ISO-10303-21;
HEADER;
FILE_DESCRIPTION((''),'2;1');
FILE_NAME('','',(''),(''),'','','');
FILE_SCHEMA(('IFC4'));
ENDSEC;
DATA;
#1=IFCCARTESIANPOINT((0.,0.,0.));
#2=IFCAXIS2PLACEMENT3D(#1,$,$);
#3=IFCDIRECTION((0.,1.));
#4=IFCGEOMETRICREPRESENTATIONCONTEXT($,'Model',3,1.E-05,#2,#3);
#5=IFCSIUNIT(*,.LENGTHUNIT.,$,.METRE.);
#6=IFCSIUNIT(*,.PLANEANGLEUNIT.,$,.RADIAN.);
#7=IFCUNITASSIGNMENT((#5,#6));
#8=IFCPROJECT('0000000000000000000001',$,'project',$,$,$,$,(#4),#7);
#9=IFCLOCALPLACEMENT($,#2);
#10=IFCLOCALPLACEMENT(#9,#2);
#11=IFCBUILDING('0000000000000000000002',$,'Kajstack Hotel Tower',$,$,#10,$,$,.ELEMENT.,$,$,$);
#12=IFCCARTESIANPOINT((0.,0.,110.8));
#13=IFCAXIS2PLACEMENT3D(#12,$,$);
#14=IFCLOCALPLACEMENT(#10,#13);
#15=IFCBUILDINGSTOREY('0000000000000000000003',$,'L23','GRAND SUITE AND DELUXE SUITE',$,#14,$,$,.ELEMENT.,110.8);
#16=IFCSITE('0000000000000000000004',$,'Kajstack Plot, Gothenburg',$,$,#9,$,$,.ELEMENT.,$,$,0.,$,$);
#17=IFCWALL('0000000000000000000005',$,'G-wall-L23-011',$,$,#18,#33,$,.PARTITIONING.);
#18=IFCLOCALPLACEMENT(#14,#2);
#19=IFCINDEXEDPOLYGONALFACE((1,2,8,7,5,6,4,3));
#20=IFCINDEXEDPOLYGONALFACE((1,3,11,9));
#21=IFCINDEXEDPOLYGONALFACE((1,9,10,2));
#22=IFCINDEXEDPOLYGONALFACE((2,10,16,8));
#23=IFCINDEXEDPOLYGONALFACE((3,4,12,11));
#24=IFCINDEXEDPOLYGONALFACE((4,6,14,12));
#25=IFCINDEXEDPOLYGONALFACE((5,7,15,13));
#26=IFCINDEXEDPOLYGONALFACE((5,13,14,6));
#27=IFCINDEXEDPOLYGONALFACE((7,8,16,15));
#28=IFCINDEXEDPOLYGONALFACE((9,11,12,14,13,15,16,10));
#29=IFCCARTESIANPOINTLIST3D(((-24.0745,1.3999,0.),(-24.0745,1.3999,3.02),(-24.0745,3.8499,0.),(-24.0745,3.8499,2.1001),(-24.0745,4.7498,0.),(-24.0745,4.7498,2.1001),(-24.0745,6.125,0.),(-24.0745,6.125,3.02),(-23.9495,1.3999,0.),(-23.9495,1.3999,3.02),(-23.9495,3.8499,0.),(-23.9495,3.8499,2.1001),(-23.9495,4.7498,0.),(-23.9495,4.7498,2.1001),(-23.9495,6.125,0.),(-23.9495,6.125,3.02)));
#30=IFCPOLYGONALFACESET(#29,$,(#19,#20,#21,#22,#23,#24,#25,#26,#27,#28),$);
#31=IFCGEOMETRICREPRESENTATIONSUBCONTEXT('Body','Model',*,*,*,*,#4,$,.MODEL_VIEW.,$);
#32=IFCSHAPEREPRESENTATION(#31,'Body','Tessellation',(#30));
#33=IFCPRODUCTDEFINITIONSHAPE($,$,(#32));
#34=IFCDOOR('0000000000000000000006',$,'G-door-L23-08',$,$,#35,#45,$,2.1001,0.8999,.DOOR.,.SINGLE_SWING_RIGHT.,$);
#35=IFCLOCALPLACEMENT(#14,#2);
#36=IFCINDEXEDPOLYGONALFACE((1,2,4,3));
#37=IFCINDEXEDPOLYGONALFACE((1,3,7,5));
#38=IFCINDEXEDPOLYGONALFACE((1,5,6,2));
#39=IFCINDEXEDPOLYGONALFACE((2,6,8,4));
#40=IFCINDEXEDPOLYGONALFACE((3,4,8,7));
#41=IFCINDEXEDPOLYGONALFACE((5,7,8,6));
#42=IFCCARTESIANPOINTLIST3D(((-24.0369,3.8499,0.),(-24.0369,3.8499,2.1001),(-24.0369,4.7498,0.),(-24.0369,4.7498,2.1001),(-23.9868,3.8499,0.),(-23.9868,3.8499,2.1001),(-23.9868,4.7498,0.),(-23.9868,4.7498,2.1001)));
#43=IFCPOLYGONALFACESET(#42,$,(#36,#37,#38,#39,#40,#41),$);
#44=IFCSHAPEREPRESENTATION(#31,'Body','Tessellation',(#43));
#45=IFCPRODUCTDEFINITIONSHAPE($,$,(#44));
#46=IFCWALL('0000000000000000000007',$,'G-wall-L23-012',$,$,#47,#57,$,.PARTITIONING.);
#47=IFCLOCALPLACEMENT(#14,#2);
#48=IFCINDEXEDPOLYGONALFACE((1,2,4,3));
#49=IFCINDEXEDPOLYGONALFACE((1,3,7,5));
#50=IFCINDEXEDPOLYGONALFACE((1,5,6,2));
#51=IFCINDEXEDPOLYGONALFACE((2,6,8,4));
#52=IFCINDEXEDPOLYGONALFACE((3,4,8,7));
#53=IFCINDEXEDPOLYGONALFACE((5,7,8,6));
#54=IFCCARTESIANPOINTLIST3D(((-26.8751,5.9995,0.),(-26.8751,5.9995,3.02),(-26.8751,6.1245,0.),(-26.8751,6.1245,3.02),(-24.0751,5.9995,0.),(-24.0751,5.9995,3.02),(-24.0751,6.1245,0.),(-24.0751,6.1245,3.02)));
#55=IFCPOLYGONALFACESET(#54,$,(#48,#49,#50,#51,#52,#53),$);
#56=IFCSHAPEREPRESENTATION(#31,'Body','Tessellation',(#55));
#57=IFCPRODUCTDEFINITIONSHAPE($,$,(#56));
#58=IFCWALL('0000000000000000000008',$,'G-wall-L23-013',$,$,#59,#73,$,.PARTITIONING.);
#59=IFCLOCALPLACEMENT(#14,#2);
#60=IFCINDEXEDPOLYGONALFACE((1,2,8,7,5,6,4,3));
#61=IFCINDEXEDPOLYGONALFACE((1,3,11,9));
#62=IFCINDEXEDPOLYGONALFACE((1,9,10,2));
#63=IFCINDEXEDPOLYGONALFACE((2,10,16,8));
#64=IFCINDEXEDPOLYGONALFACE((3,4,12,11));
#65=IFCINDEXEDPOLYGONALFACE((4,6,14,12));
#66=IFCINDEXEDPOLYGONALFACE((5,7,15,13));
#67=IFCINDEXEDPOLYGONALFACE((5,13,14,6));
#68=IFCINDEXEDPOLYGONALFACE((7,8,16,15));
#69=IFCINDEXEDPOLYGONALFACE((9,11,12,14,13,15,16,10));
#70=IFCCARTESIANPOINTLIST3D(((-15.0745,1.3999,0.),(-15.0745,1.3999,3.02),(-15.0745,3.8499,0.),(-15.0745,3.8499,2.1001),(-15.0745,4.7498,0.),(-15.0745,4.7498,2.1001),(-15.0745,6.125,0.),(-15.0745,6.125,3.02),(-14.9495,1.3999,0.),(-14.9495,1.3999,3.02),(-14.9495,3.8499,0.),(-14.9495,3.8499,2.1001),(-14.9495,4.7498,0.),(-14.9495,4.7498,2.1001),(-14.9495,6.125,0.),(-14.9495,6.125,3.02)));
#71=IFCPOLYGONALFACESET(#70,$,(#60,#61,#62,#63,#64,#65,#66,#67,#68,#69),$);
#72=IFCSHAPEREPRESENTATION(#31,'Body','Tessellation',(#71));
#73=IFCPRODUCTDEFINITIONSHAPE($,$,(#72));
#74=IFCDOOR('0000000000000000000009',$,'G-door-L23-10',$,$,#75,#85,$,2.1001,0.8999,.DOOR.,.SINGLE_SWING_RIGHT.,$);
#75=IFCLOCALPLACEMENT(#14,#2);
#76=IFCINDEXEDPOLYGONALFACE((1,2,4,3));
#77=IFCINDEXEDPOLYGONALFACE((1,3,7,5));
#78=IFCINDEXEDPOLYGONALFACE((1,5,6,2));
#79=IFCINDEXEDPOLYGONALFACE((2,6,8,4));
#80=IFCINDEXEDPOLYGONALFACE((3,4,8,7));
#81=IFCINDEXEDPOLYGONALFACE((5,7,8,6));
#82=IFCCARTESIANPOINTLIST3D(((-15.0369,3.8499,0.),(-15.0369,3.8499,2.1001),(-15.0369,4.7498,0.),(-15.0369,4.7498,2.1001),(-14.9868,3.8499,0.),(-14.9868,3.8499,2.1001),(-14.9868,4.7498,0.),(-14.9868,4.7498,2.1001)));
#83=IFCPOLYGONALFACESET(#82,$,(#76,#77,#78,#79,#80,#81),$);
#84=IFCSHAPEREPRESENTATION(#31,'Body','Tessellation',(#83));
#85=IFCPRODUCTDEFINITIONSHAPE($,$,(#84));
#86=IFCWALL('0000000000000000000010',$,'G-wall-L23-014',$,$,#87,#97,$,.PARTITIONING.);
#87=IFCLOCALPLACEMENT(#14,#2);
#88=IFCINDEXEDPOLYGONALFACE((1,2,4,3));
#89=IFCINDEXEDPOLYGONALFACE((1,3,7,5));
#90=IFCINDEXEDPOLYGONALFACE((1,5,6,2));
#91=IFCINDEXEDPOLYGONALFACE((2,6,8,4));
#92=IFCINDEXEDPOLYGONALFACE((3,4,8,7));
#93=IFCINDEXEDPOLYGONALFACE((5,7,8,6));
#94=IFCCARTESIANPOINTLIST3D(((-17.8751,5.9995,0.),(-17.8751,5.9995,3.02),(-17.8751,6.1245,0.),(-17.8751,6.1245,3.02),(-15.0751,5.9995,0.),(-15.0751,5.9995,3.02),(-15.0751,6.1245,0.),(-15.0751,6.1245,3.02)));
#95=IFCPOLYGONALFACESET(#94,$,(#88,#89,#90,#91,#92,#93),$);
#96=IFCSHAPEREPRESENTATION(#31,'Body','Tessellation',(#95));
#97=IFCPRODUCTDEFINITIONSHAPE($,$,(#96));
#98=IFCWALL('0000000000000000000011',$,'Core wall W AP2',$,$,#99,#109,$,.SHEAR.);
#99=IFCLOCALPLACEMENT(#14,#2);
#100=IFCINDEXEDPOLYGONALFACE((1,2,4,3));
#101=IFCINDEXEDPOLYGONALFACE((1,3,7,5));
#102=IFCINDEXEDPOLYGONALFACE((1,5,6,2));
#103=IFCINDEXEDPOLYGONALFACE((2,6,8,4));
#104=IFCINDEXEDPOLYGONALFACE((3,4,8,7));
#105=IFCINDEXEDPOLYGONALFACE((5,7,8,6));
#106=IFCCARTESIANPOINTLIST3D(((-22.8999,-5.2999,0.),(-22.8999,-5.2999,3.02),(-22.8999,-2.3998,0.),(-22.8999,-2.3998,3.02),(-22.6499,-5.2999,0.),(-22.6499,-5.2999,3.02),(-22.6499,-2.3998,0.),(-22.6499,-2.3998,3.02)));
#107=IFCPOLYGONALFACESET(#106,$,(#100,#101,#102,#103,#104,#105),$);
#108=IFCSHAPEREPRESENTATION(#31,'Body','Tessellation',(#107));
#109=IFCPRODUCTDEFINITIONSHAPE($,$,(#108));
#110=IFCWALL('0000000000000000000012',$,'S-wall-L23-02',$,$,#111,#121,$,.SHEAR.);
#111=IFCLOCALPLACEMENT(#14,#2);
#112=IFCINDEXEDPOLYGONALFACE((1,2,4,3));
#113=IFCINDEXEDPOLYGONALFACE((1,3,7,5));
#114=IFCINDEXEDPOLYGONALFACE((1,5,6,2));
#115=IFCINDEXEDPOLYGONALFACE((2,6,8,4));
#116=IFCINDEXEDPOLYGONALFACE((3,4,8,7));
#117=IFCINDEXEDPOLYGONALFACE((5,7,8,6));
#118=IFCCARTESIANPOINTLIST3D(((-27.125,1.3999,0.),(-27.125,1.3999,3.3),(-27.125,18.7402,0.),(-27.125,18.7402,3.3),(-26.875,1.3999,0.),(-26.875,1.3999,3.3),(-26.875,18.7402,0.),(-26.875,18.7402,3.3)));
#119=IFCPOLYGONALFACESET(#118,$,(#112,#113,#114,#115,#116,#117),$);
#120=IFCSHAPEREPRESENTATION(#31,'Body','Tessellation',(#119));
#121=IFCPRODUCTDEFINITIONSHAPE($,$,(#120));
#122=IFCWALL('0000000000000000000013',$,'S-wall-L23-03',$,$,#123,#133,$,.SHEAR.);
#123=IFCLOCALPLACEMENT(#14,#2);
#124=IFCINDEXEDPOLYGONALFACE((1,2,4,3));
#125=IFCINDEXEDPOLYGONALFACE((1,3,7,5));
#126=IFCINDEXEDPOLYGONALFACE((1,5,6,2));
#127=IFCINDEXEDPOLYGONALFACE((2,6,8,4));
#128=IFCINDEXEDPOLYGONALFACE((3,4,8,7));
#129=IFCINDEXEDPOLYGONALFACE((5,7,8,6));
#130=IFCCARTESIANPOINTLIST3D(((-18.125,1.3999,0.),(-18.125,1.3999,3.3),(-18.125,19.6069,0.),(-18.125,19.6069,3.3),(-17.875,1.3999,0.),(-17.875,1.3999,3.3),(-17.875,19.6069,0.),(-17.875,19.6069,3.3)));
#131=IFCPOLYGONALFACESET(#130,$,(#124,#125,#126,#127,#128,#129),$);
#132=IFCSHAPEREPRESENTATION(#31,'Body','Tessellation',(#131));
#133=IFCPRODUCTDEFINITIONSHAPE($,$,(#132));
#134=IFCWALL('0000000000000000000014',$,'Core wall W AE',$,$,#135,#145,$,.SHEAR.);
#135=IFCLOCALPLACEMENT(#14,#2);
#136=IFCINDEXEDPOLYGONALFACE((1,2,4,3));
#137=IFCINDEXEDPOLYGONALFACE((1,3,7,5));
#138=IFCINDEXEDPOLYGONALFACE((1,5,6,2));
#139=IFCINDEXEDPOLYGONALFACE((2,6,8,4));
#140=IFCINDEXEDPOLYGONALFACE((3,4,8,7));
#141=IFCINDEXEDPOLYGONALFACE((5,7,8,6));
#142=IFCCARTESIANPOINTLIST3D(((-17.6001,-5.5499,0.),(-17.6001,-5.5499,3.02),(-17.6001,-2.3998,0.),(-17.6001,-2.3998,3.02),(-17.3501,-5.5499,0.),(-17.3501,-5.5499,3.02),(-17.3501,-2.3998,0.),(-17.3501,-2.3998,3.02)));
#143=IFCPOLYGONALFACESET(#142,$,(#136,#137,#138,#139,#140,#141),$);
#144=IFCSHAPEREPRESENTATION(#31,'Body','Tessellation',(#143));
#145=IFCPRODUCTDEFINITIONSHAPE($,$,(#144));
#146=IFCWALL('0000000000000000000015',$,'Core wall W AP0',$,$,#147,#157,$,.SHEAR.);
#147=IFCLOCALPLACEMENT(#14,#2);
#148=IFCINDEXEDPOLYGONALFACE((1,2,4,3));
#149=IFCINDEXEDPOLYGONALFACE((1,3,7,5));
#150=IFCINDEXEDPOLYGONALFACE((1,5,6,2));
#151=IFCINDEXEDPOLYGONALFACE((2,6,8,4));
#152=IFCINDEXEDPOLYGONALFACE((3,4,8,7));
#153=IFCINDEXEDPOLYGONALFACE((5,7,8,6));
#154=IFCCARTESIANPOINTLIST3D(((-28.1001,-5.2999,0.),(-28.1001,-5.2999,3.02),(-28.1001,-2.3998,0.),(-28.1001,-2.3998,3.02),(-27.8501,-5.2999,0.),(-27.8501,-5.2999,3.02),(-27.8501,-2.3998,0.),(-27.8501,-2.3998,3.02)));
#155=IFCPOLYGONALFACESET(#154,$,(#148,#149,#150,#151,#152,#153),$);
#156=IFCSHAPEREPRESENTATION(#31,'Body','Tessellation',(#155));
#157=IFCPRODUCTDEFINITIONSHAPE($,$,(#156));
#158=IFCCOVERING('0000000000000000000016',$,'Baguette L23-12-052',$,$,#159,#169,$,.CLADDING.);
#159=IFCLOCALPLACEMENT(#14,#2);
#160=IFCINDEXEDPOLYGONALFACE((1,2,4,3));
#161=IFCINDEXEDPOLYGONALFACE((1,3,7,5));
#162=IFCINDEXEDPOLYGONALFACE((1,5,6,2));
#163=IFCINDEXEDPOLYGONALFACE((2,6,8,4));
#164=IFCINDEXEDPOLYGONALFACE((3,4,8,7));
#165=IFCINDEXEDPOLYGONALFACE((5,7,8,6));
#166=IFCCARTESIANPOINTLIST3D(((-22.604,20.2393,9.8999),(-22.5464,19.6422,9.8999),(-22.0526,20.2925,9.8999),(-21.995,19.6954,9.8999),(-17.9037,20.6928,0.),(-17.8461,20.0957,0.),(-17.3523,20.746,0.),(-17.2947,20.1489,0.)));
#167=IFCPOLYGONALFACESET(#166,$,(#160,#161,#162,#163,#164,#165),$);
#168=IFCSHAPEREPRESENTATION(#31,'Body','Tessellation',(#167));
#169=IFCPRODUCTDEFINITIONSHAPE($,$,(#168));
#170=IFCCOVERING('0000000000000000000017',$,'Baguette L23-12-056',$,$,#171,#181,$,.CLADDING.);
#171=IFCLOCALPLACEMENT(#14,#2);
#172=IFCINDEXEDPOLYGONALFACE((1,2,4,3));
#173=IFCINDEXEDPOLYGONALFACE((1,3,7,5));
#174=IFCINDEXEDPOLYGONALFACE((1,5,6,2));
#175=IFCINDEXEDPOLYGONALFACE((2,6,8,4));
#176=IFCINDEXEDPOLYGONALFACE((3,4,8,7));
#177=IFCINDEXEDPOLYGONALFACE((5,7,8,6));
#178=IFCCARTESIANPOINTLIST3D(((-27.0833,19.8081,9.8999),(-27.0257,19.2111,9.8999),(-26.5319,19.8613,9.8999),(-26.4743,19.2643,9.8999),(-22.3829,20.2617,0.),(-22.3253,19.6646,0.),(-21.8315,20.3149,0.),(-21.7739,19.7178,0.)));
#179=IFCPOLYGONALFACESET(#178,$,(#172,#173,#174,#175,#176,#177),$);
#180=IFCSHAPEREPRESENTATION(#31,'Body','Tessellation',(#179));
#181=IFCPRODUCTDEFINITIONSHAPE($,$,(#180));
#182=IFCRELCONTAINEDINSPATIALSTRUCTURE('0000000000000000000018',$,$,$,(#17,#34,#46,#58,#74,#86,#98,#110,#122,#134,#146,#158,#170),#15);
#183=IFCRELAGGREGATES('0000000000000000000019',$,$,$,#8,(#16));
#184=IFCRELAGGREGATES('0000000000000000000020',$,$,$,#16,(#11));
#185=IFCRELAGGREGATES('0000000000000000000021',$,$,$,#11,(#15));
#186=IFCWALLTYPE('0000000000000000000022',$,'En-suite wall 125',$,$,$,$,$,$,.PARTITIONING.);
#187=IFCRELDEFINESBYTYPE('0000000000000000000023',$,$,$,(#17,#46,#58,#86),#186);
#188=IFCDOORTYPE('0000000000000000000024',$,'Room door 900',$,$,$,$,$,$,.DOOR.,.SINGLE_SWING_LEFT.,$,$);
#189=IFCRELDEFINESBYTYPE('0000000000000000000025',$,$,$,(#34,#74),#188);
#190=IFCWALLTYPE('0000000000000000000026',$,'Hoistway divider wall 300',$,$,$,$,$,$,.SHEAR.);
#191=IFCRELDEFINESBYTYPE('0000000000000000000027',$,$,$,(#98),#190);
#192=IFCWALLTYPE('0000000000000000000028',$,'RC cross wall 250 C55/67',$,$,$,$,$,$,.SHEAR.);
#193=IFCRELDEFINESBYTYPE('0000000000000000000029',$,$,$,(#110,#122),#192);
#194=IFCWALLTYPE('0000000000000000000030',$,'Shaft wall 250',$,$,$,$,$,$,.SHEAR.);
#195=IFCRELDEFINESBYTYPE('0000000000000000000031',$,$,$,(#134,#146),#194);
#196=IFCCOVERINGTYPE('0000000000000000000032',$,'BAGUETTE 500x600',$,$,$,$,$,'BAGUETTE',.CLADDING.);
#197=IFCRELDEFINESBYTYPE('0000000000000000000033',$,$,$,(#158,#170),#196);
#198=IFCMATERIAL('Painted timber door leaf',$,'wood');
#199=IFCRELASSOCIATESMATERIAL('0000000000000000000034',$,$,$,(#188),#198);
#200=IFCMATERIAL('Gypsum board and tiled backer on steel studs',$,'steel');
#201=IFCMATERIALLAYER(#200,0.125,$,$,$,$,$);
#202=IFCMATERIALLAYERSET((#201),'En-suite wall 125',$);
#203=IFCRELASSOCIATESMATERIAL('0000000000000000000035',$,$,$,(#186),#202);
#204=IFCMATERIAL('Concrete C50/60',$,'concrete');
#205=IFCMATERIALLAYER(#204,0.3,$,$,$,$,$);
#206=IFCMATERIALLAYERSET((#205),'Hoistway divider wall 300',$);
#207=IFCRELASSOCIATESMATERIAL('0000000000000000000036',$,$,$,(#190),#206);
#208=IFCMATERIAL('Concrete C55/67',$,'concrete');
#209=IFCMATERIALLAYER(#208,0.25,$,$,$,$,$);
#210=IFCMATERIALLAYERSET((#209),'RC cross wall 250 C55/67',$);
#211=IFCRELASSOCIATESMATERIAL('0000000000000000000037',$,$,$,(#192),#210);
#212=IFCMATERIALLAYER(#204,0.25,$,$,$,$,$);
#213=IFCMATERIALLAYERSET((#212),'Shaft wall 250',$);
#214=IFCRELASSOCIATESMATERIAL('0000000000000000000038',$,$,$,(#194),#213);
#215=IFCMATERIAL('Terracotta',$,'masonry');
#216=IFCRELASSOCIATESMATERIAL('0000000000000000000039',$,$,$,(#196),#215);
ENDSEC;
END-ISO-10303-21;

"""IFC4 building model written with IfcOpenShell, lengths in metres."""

from ifc_helpers import new_model, si_unit, direction, frame, frame_2d, origin, origin_2d, place, context, subcontext, project, spatial, polyline, rectangle, outline, extrude, material, layer, layer_set, material_profile, profile_set, type_object, element, fill, save


model = new_model("IFC4")

# Units and contexts
model_context = context("Model", 3, precision=1e-05, world=origin(), true_north=direction((0.0, 1.0)))
body_context = subcontext(model_context, "Body", "Model", "MODEL_VIEW")
ifc_project = project(units=[si_unit("LENGTHUNIT", "METRE"), si_unit("PLANEANGLEUNIT", "RADIAN")], contexts=[model_context])

# Site, building, storey
site_placement = place(None, origin())
site = spatial("IfcSite", under=ifc_project, at=site_placement, Name="Kajstack Plot, Gothenburg", CompositionType="ELEMENT", RefElevation=0.0)
building_placement = place(site_placement, origin())
building = spatial("IfcBuilding", under=site, at=building_placement, Name="Kajstack Hotel Tower", CompositionType="ELEMENT")
storey_placement = place(building_placement, frame((0.0, 0.0, 110.8)))
storey = spatial("IfcBuildingStorey", under=building, at=storey_placement, Name="L23", Description="GRAND SUITE AND DELUXE SUITE", CompositionType="ELEMENT", Elevation=110.8)

# Shared definitions
ifc_material_1 = material(Name="Painted timber door leaf", Category="wood")
door_type_1 = type_object("IfcDoorType", Name="Room door 900", OperationType="SINGLE_SWING_LEFT", PredefinedType="DOOR", material=ifc_material_1)

# Wall, opening, door
ifc_material_2 = material(Name="Gypsum board and tiled backer on steel studs", Category="steel")
ifc_layer_1 = layer(ifc_material_2, 0.125)
ifc_layer_set_1 = layer_set([ifc_layer_1], Name="En-suite wall 125")
wall_type_1 = type_object("IfcWallType", Name="En-suite wall 125", PredefinedType="PARTITIONING", material=ifc_layer_set_1)
wall_1_placement = place(storey_placement, frame((-24.012, 1.3999, 0.0), z_axis=(0.0, 0.0, 1.0), x_axis=(0.0, 1.0, 0.0)))
wall_1 = element("IfcWall", 1, at=wall_1_placement, inside=storey, type_object=wall_type_1, Name="G-wall-L23-011", PredefinedType="PARTITIONING", context=body_context, shape_type="SweptSolid", body=[
    extrude(rectangle(XDim=4.7251, YDim=0.125, at=frame_2d((2.3625, 0.0))), origin(), (0.0, 0.0, 1.0), 3.02),
])
opening_1_placement = place(wall_1_placement, frame((2.45, 0.0, 0.0)))
opening_1 = element("IfcOpeningElement", 2, at=opening_1_placement, cuts=wall_1, PredefinedType="OPENING", context=body_context, shape_type="SweptSolid", body=[
    extrude(rectangle(XDim=0.8999, YDim=2.1001, at=frame_2d((0.45, 1.05))), frame((0.0, 0.0725, 0.0), z_axis=(0.0, -1.0, 0.0), x_axis=(1.0, 0.0, 0.0)), (0.0, 0.0, 1.0), 0.145),
])
door_1_placement = place(opening_1_placement, origin())
door_1 = element("IfcDoor", 3, at=door_1_placement, inside=storey, type_object=door_type_1, Name="G-door-L23-08", OperationType="SINGLE_SWING_RIGHT", OverallHeight=2.1001, OverallWidth=0.8999, PredefinedType="DOOR", context=body_context, shape_type="SweptSolid", body=[
    extrude(rectangle(XDim=0.8999, YDim=2.1001, at=frame_2d((0.45, 1.05))), frame((0.0, 0.0249, 0.0), z_axis=(0.0, -1.0, 0.0), x_axis=(1.0, 0.0, 0.0)), (0.0, 0.0, 1.0), 0.05),
])
fill(opening_1, door_1)

# Wall
wall_2_placement = place(storey_placement, frame((-26.875, 6.062, 0.0), z_axis=(0.0, 0.0, 1.0), x_axis=(1.0, 0.0, 0.0)))
element("IfcWall", 4, at=wall_2_placement, inside=storey, type_object=wall_type_1, Name="G-wall-L23-012", PredefinedType="PARTITIONING", context=body_context, shape_type="SweptSolid", body=[
    extrude(rectangle(XDim=2.8, YDim=0.125, at=frame_2d((1.3999, 0.0))), origin(), (0.0, 0.0, 1.0), 3.02),
])

# Wall, opening, door
wall_3_placement = place(storey_placement, frame((-15.012, 1.3999, 0.0), z_axis=(0.0, 0.0, 1.0), x_axis=(0.0, 1.0, 0.0)))
wall_3 = element("IfcWall", 5, at=wall_3_placement, inside=storey, type_object=wall_type_1, Name="G-wall-L23-013", PredefinedType="PARTITIONING", context=body_context, shape_type="SweptSolid", body=[
    extrude(rectangle(XDim=4.7251, YDim=0.125, at=frame_2d((2.3625, 0.0))), origin(), (0.0, 0.0, 1.0), 3.02),
])
opening_2_placement = place(wall_3_placement, frame((2.45, 0.0, 0.0)))
opening_2 = element("IfcOpeningElement", 6, at=opening_2_placement, cuts=wall_3, PredefinedType="OPENING", context=body_context, shape_type="SweptSolid", body=[
    extrude(rectangle(XDim=0.8999, YDim=2.1001, at=frame_2d((0.45, 1.05))), frame((0.0, 0.0725, 0.0), z_axis=(0.0, -1.0, 0.0), x_axis=(1.0, 0.0, 0.0)), (0.0, 0.0, 1.0), 0.145),
])
door_2_placement = place(opening_2_placement, origin())
door_2 = element("IfcDoor", 7, at=door_2_placement, inside=storey, type_object=door_type_1, Name="G-door-L23-10", OperationType="SINGLE_SWING_RIGHT", OverallHeight=2.1001, OverallWidth=0.8999, PredefinedType="DOOR", context=body_context, shape_type="SweptSolid", body=[
    extrude(rectangle(XDim=0.8999, YDim=2.1001, at=frame_2d((0.45, 1.05))), frame((0.0, 0.0249, 0.0), z_axis=(0.0, -1.0, 0.0), x_axis=(1.0, 0.0, 0.0)), (0.0, 0.0, 1.0), 0.05),
])
fill(opening_2, door_2)

# Walls
wall_4_placement = place(storey_placement, frame((-17.875, 6.062, 0.0), z_axis=(0.0, 0.0, 1.0), x_axis=(1.0, 0.0, 0.0)))
element("IfcWall", 8, at=wall_4_placement, inside=storey, type_object=wall_type_1, Name="G-wall-L23-014", PredefinedType="PARTITIONING", context=body_context, shape_type="SweptSolid", body=[
    extrude(rectangle(XDim=2.8, YDim=0.125, at=frame_2d((1.3999, 0.0))), origin(), (0.0, 0.0, 1.0), 3.02),
])
ifc_material_3 = material(Name="Concrete C50/60", Category="concrete")
ifc_layer_2 = layer(ifc_material_3, 0.3)
ifc_layer_set_2 = layer_set([ifc_layer_2], Name="Hoistway divider wall 300")
wall_type_2 = type_object("IfcWallType", Name="Hoistway divider wall 300", PredefinedType="SHEAR", material=ifc_layer_set_2)
wall_5_placement = place(storey_placement, frame((-22.7749, -5.3, 0.0), z_axis=(0.0, 0.0, 1.0), x_axis=(0.0, 1.0, 0.0)))
element("IfcWall", 9, at=wall_5_placement, inside=storey, type_object=wall_type_2, Name="Core wall W AP2", PredefinedType="SHEAR", context=body_context, shape_type="SweptSolid", body=[
    extrude(rectangle(XDim=2.9001, YDim=0.25, at=frame_2d((1.4502, 0.0))), origin(), (0.0, 0.0, 1.0), 3.02),
])
ifc_material_4 = material(Name="Concrete C55/67", Category="concrete")
ifc_layer_3 = layer(ifc_material_4, 0.25)
ifc_layer_set_3 = layer_set([ifc_layer_3], Name="RC cross wall 250 C55/67")
wall_type_3 = type_object("IfcWallType", Name="RC cross wall 250 C55/67", PredefinedType="SHEAR", material=ifc_layer_set_3)
wall_6_placement = place(storey_placement, frame((-27.0, 1.3999, 0.0), z_axis=(0.0, 0.0, 1.0), x_axis=(0.0, 1.0, 0.0)))
element("IfcWall", 10, at=wall_6_placement, inside=storey, type_object=wall_type_3, Name="S-wall-L23-02", PredefinedType="SHEAR", context=body_context, shape_type="SweptSolid", body=[
    extrude(rectangle(XDim=17.3403, YDim=0.25, at=frame_2d((8.6702, 0.0))), origin(), (0.0, 0.0, 1.0), 3.3),
])
wall_7_placement = place(storey_placement, frame((-18.0, 1.3999, 0.0), z_axis=(0.0, 0.0, 1.0), x_axis=(0.0, 1.0, 0.0)))
element("IfcWall", 11, at=wall_7_placement, inside=storey, type_object=wall_type_3, Name="S-wall-L23-03", PredefinedType="SHEAR", context=body_context, shape_type="SweptSolid", body=[
    extrude(rectangle(XDim=18.207, YDim=0.25, at=frame_2d((9.1035, 0.0))), origin(), (0.0, 0.0, 1.0), 3.3),
])
ifc_layer_4 = layer(ifc_material_3, 0.25)
ifc_layer_set_4 = layer_set([ifc_layer_4], Name="Shaft wall 250")
wall_type_4 = type_object("IfcWallType", Name="Shaft wall 250", PredefinedType="SHEAR", material=ifc_layer_set_4)
wall_8_placement = place(storey_placement, frame((-17.4751, -5.55, 0.0), z_axis=(0.0, 0.0, 1.0), x_axis=(0.0, 1.0, 0.0)))
element("IfcWall", 12, at=wall_8_placement, inside=storey, type_object=wall_type_4, Name="Core wall W AE", PredefinedType="SHEAR", context=body_context, shape_type="SweptSolid", body=[
    extrude(rectangle(XDim=3.1501, YDim=0.25, at=frame_2d((1.5752, 0.0))), origin(), (0.0, 0.0, 1.0), 3.02),
])
wall_9_placement = place(storey_placement, frame((-27.9751, -5.3, 0.0), z_axis=(0.0, 0.0, 1.0), x_axis=(0.0, 1.0, 0.0)))
element("IfcWall", 13, at=wall_9_placement, inside=storey, type_object=wall_type_4, Name="Core wall W AP0", PredefinedType="SHEAR", context=body_context, shape_type="SweptSolid", body=[
    extrude(rectangle(XDim=2.9001, YDim=0.25, at=frame_2d((1.4502, 0.0))), origin(), (0.0, 0.0, 1.0), 3.02),
])

# Coverings
ifc_material_5 = material(Name="Terracotta", Category="masonry")
ifc_material_profile = material_profile(ifc_material_5, rectangle(XDim=0.6001, YDim=0.5, at=origin_2d()), Name="Terracotta-clad concrete baguette 500 x 600")
ifc_profile_set = profile_set([ifc_material_profile], Name="Terracotta")
covering_type = type_object("IfcCoveringType", Name="BAGUETTE 500x600", ElementType="BAGUETTE", PredefinedType="CLADDING", material=ifc_profile_set)
for number, where, z_axis, x_axis, name in (
    (14, (-17.2947, 20.1489, 0.0), (-0.096038, 0.995378, 0.0), (-0.995378, -0.096038, 0.0), "Baguette L23-12-052"),
    (15, (-21.7739, 19.7178, 0.0), (-0.096038, 0.995378, 0.0), (-0.995378, -0.096038, 0.0), "Baguette L23-12-056"),
):
    element("IfcCovering", number, at=place(storey_placement, frame(where, z_axis=z_axis, x_axis=x_axis)), inside=storey, type_object=covering_type, Name=name, PredefinedType="CLADDING", context=body_context, shape_type="SweptSolid", body=[
        extrude(outline(polyline([(4.7222, 9.8999), (0.0, 0.0), (0.554, 0.0), (5.2761, 9.8999), (4.7222, 9.8999)])), origin(), (0.0, 0.0, 1.0), 0.5999),
    ])

save(model, "model.ifc")
